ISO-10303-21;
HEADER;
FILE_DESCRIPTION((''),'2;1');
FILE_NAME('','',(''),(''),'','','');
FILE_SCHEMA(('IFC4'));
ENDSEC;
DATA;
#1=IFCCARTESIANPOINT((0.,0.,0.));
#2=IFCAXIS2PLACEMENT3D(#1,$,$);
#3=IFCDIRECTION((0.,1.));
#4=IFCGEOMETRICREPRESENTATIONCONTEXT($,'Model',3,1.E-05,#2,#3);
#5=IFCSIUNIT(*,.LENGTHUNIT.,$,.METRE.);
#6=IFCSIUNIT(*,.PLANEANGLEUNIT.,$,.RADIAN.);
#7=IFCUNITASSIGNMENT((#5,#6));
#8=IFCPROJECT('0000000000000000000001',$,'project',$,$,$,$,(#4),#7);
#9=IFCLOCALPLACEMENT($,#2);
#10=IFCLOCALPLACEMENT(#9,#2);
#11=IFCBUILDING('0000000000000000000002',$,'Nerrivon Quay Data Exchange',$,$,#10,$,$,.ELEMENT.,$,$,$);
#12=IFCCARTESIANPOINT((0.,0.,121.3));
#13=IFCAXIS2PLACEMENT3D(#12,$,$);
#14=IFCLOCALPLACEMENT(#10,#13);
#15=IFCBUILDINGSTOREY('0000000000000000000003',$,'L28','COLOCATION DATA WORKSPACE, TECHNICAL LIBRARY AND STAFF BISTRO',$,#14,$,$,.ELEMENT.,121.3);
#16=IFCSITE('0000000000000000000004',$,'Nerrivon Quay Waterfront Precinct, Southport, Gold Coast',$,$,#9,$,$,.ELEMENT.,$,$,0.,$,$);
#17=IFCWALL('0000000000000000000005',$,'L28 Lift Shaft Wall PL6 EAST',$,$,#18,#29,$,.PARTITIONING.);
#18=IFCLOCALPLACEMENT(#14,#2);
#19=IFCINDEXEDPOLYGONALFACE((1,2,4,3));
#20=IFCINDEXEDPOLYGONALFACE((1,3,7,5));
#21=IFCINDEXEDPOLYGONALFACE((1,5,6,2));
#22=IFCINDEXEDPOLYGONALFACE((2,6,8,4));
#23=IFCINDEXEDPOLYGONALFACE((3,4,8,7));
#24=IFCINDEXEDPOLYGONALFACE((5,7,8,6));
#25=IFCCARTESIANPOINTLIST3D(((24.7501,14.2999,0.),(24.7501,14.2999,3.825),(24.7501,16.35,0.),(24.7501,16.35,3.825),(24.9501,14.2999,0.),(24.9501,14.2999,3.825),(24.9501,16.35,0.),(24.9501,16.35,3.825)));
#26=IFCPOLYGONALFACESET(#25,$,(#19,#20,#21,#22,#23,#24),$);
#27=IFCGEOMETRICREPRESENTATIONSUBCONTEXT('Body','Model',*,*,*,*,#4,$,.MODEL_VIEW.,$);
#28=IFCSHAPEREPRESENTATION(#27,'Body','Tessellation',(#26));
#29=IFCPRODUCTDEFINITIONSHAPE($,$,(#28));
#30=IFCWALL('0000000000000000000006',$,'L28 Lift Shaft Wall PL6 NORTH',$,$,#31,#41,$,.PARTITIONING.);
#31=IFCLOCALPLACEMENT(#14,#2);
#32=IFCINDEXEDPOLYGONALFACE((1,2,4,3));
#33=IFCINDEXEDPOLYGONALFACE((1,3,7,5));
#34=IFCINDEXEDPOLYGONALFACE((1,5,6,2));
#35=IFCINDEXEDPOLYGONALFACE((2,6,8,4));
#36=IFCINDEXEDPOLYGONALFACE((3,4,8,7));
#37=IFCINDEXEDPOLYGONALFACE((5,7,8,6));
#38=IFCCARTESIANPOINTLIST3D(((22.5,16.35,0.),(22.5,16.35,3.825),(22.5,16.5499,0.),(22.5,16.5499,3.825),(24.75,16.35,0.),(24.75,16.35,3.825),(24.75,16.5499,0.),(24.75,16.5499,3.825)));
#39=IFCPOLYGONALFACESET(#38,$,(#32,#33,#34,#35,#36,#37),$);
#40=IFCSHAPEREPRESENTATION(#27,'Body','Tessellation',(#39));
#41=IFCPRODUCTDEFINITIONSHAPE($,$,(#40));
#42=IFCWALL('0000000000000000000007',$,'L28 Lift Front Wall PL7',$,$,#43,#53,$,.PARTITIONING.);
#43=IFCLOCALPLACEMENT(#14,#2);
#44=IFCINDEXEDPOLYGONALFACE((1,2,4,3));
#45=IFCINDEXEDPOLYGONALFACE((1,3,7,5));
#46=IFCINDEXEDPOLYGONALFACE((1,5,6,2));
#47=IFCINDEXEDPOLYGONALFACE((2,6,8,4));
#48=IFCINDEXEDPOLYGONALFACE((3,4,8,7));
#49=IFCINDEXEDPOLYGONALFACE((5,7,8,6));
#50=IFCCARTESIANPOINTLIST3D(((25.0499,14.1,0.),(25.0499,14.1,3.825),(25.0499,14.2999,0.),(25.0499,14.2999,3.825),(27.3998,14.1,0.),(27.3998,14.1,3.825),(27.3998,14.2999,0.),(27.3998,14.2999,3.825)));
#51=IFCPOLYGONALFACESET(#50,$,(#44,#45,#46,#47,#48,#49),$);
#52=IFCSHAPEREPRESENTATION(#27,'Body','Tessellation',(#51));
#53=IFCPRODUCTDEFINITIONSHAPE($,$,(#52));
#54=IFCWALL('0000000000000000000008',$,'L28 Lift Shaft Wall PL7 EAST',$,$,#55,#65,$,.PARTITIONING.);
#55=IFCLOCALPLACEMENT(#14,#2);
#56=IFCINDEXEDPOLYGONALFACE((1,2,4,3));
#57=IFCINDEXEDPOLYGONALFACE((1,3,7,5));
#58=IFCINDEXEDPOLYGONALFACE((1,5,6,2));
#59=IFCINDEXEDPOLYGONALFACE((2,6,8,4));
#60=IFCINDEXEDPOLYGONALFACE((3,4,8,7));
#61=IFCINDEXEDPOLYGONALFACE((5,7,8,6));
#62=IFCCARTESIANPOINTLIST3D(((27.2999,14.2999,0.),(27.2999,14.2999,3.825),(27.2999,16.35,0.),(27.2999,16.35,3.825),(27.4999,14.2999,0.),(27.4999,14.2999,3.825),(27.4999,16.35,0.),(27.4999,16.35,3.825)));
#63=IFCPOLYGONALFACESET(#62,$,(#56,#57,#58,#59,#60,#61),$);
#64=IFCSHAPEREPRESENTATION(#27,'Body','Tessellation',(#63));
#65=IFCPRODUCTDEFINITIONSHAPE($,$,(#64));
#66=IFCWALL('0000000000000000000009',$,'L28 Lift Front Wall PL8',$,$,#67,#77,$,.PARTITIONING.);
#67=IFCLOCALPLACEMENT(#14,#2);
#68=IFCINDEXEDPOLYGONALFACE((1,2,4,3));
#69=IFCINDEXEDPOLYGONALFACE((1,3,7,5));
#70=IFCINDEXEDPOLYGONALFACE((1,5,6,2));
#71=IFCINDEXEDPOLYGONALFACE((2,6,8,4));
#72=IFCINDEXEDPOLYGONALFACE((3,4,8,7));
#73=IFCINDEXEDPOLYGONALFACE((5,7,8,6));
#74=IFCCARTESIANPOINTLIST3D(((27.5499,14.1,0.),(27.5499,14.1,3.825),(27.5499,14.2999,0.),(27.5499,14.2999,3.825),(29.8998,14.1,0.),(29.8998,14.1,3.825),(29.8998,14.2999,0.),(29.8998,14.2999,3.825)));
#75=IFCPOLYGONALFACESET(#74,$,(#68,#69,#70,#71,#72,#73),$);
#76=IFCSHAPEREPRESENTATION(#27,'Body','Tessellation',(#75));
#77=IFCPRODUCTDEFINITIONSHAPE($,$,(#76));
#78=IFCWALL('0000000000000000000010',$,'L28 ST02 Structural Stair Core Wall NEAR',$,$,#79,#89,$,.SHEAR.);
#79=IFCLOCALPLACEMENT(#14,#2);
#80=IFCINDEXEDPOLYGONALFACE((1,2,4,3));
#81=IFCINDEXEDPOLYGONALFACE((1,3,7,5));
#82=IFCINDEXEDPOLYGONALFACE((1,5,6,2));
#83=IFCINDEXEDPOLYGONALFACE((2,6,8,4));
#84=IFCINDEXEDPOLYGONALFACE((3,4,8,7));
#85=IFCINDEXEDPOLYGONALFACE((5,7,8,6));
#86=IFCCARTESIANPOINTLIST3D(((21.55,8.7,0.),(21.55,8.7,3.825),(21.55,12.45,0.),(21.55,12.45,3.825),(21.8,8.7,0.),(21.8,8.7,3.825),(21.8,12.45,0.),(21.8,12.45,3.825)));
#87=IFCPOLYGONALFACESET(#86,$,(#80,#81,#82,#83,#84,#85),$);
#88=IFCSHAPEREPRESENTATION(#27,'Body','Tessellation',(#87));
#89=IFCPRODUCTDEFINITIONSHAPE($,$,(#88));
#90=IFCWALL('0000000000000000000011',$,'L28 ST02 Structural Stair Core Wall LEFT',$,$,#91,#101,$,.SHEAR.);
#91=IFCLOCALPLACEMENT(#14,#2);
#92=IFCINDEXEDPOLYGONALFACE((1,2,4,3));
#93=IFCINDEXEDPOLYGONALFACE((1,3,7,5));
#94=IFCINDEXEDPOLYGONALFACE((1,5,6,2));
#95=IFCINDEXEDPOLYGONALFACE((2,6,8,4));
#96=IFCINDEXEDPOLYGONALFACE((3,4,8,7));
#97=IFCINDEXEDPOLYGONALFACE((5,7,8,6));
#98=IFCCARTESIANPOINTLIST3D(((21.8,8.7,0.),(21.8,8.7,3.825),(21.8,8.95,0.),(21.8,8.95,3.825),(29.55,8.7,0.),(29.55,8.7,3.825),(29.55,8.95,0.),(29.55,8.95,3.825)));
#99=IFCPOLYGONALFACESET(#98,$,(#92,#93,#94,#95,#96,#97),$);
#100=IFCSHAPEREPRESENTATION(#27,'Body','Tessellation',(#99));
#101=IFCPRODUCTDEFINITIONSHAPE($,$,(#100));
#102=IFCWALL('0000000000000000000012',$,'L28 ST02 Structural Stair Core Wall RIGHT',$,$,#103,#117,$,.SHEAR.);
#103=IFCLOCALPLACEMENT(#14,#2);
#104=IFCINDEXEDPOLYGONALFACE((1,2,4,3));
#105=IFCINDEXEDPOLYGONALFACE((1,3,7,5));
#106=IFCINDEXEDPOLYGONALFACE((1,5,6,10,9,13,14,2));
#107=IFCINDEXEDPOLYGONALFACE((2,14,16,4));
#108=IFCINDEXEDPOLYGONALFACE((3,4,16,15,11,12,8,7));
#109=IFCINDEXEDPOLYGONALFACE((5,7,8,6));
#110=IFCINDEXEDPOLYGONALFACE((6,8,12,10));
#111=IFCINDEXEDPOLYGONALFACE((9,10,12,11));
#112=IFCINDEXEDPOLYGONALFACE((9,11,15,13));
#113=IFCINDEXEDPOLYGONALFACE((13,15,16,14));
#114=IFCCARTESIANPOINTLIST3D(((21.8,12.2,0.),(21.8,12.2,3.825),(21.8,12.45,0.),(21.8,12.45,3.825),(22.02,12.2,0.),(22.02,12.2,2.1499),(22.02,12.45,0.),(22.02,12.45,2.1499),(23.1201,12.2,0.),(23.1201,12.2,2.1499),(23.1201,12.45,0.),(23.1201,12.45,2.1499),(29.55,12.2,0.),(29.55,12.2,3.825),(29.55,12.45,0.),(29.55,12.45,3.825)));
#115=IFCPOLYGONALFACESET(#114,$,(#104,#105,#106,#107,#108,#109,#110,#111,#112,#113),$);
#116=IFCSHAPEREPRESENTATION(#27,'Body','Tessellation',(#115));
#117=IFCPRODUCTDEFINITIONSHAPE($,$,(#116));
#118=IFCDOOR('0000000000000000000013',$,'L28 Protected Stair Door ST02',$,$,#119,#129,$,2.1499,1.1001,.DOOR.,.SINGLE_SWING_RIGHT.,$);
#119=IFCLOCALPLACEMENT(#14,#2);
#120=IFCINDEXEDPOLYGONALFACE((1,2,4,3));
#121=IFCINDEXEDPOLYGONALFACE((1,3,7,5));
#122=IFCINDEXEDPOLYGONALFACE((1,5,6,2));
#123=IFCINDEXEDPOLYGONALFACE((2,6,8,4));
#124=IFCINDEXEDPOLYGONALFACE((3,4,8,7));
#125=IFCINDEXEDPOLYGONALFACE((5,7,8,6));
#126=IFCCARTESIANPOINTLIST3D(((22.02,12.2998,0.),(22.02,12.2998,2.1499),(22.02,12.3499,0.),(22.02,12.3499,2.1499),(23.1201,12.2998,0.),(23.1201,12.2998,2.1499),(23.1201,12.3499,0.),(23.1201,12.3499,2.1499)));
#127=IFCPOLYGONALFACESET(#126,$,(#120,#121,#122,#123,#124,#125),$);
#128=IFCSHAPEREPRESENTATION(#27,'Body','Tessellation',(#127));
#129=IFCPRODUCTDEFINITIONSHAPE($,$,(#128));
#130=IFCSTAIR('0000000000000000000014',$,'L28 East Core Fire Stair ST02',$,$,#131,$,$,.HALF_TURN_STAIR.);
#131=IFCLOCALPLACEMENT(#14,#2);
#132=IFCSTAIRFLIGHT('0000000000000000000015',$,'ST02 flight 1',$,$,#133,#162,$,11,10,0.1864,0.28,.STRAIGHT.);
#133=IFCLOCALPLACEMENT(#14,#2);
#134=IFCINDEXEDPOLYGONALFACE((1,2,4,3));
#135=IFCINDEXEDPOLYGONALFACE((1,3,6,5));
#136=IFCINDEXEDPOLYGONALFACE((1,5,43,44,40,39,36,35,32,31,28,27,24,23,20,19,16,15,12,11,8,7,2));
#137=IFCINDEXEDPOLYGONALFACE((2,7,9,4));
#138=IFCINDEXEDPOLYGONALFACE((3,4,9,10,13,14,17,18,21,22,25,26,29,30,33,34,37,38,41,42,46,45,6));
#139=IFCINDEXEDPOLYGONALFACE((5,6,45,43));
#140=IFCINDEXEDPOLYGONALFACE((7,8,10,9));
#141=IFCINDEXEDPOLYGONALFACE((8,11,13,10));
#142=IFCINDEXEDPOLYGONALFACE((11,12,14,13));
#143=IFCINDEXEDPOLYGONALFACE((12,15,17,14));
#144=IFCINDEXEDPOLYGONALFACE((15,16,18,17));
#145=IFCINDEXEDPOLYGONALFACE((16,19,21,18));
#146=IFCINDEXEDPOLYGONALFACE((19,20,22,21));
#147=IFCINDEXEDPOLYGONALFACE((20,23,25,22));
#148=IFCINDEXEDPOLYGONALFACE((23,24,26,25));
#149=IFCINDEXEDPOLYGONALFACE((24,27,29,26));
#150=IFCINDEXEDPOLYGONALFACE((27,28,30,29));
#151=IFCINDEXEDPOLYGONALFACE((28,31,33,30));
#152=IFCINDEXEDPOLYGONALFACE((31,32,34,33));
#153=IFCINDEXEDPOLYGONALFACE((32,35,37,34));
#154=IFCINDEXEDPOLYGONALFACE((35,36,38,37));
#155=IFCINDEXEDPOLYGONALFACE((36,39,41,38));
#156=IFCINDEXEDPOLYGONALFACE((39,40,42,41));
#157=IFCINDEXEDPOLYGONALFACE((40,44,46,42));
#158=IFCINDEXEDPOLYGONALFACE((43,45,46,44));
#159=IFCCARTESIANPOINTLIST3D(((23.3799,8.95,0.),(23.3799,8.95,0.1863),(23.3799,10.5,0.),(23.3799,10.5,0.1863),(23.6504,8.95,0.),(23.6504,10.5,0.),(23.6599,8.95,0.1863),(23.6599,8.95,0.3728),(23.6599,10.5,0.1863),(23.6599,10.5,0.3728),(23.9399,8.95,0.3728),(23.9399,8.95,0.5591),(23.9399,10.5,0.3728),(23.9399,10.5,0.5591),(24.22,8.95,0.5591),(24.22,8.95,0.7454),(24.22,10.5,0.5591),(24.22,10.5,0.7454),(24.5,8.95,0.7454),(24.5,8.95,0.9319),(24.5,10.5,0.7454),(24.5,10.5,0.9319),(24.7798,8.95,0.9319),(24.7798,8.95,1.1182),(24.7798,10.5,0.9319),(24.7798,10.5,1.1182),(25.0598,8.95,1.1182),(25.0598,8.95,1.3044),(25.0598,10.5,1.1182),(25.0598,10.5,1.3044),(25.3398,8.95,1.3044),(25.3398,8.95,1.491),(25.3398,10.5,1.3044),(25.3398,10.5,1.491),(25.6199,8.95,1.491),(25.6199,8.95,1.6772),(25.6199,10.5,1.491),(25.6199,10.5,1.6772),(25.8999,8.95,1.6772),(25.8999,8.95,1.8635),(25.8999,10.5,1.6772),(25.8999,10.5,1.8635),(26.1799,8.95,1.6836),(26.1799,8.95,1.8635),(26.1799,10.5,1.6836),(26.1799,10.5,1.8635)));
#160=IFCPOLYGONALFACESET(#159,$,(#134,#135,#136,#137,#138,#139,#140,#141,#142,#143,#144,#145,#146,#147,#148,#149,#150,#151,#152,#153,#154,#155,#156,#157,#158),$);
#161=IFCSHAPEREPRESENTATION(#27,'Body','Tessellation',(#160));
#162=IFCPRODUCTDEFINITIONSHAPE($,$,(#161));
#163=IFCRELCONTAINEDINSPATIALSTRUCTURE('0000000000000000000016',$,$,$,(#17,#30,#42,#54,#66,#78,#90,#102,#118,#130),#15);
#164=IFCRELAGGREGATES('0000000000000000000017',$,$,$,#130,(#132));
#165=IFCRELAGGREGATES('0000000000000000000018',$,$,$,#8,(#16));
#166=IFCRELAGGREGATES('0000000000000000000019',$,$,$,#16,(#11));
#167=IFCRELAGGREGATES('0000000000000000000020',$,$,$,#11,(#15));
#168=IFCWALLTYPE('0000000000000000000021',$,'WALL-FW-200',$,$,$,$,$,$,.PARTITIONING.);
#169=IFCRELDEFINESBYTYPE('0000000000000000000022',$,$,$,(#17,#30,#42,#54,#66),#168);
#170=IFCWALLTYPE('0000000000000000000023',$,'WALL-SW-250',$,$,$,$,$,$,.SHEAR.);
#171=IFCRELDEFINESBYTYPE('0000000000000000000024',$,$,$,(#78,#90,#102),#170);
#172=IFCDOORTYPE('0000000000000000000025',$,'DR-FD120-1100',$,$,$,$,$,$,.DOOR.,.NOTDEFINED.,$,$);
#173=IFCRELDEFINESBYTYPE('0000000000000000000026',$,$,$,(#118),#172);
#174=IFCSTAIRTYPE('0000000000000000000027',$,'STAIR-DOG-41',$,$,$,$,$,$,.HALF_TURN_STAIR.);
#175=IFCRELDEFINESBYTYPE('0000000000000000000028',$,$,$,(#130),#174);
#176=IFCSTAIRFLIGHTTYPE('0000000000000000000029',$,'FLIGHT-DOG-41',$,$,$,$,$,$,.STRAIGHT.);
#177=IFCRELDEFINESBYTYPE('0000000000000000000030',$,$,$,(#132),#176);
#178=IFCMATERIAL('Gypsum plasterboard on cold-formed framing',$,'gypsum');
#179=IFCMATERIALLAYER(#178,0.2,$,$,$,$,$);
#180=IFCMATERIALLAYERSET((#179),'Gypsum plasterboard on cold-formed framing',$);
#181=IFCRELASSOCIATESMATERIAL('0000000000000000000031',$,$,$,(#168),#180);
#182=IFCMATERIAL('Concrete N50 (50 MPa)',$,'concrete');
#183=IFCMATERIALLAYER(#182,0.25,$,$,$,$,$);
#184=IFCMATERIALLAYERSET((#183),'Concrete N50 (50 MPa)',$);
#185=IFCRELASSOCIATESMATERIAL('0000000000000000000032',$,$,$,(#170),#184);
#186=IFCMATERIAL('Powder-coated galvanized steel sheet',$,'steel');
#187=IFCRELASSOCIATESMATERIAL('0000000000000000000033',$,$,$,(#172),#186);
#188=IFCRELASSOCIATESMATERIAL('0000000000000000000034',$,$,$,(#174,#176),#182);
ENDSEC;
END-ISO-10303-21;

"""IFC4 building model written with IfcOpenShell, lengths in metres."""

from ifc_helpers import new_model, si_unit, direction, frame, frame_2d, origin, place, context, subcontext, project, spatial, polyline, rectangle, outline, extrude, material, layer, layer_set, type_object, element, fill, aggregate, save


model = new_model("IFC4")

# Units and contexts
model_context = context("Model", 3, precision=1e-05, world=origin(), true_north=direction((0.0, 1.0)))
body_context = subcontext(model_context, "Body", "Model", "MODEL_VIEW")
ifc_project = project(units=[si_unit("LENGTHUNIT", "METRE"), si_unit("PLANEANGLEUNIT", "RADIAN")], contexts=[model_context])

# Site, building, storey
site_placement = place(None, origin())
site = spatial("IfcSite", under=ifc_project, at=site_placement, Name="Nerrivon Quay Waterfront Precinct, Southport, Gold Coast", CompositionType="ELEMENT", RefElevation=0.0)
building_placement = place(site_placement, origin())
building = spatial("IfcBuilding", under=site, at=building_placement, Name="Nerrivon Quay Data Exchange", CompositionType="ELEMENT")
storey_placement = place(building_placement, frame((0.0, 0.0, 121.3)))
storey = spatial("IfcBuildingStorey", under=building, at=storey_placement, Name="L28", Description="COLOCATION DATA WORKSPACE, TECHNICAL LIBRARY AND STAFF BISTRO", CompositionType="ELEMENT", Elevation=121.3)

# Shared definitions
ifc_material_1 = material(Name="Gypsum plasterboard on cold-formed framing", Category="gypsum")
ifc_layer_1 = layer(ifc_material_1, 0.2)
ifc_layer_set_1 = layer_set([ifc_layer_1], Name="Gypsum plasterboard on cold-formed framing")
wall_type_1 = type_object("IfcWallType", Name="WALL-FW-200", PredefinedType="PARTITIONING", material=ifc_layer_set_1)

# Shared definitions
ifc_material_2 = material(Name="Powder-coated galvanized steel sheet", Category="steel")

# Walls
wall_1_placement = place(storey_placement, frame((24.8501, 14.3, 0.0), z_axis=(0.0, 0.0, 1.0), x_axis=(0.0, 1.0, 0.0)))
element("IfcWall", 1, at=wall_1_placement, inside=storey, type_object=wall_type_1, Name="L28 Lift Shaft Wall PL6 EAST", PredefinedType="PARTITIONING", context=body_context, shape_type="SweptSolid", body=[
    extrude(rectangle(XDim=2.05, YDim=0.2, at=frame_2d((1.0249, 0.0))), origin(), (0.0, 0.0, 1.0), 3.825),
])
wall_2_placement = place(storey_placement, frame((22.5, 16.45, 0.0), z_axis=(0.0, 0.0, 1.0), x_axis=(1.0, 0.0, 0.0)))
element("IfcWall", 2, at=wall_2_placement, inside=storey, type_object=wall_type_1, Name="L28 Lift Shaft Wall PL6 NORTH", PredefinedType="PARTITIONING", context=body_context, shape_type="SweptSolid", body=[
    extrude(rectangle(XDim=2.25, YDim=0.2, at=frame_2d((1.125, 0.0))), origin(), (0.0, 0.0, 1.0), 3.825),
])
wall_3_placement = place(storey_placement, frame((25.05, 14.2, 0.0), z_axis=(0.0, 0.0, 1.0), x_axis=(1.0, 0.0, 0.0)))
element("IfcWall", 3, at=wall_3_placement, inside=storey, type_object=wall_type_1, Name="L28 Lift Front Wall PL7", PredefinedType="PARTITIONING", context=body_context, shape_type="SweptSolid", body=[
    extrude(rectangle(XDim=2.3499, YDim=0.2, at=frame_2d((1.1748, 0.0))), origin(), (0.0, 0.0, 1.0), 3.825),
])
wall_4_placement = place(storey_placement, frame((27.3999, 14.3, 0.0), z_axis=(0.0, 0.0, 1.0), x_axis=(0.0, 1.0, 0.0)))
element("IfcWall", 4, at=wall_4_placement, inside=storey, type_object=wall_type_1, Name="L28 Lift Shaft Wall PL7 EAST", PredefinedType="PARTITIONING", context=body_context, shape_type="SweptSolid", body=[
    extrude(rectangle(XDim=2.05, YDim=0.2, at=frame_2d((1.0249, 0.0))), origin(), (0.0, 0.0, 1.0), 3.825),
])
wall_5_placement = place(storey_placement, frame((27.55, 14.2, 0.0), z_axis=(0.0, 0.0, 1.0), x_axis=(1.0, 0.0, 0.0)))
element("IfcWall", 5, at=wall_5_placement, inside=storey, type_object=wall_type_1, Name="L28 Lift Front Wall PL8", PredefinedType="PARTITIONING", context=body_context, shape_type="SweptSolid", body=[
    extrude(rectangle(XDim=2.3499, YDim=0.2, at=frame_2d((1.1748, 0.0))), origin(), (0.0, 0.0, 1.0), 3.825),
])
ifc_material_3 = material(Name="Concrete N50 (50 MPa)", Category="concrete")
ifc_layer_2 = layer(ifc_material_3, 0.25)
ifc_layer_set_2 = layer_set([ifc_layer_2], Name="Concrete N50 (50 MPa)")
wall_type_2 = type_object("IfcWallType", Name="WALL-SW-250", PredefinedType="SHEAR", material=ifc_layer_set_2)
wall_6_placement = place(storey_placement, frame((21.675, 8.7, 0.0), z_axis=(0.0, 0.0, 1.0), x_axis=(0.0, 1.0, 0.0)))
element("IfcWall", 6, at=wall_6_placement, inside=storey, type_object=wall_type_2, Name="L28 ST02 Structural Stair Core Wall NEAR", PredefinedType="SHEAR", context=body_context, shape_type="SweptSolid", body=[
    extrude(rectangle(XDim=3.75, YDim=0.25, at=frame_2d((1.875, 0.0))), origin(), (0.0, 0.0, 1.0), 3.825),
])
wall_7_placement = place(storey_placement, frame((21.8, 8.825, 0.0), z_axis=(0.0, 0.0, 1.0), x_axis=(1.0, 0.0, 0.0)))
element("IfcWall", 7, at=wall_7_placement, inside=storey, type_object=wall_type_2, Name="L28 ST02 Structural Stair Core Wall LEFT", PredefinedType="SHEAR", context=body_context, shape_type="SweptSolid", body=[
    extrude(rectangle(XDim=7.75, YDim=0.25, at=frame_2d((3.875, 0.0))), origin(), (0.0, 0.0, 1.0), 3.825),
])

# Wall, opening, door
wall_8_placement = place(storey_placement, frame((21.8, 12.325, 0.0), z_axis=(0.0, 0.0, 1.0), x_axis=(1.0, 0.0, 0.0)))
wall_8 = element("IfcWall", 8, at=wall_8_placement, inside=storey, type_object=wall_type_2, Name="L28 ST02 Structural Stair Core Wall RIGHT", PredefinedType="SHEAR", context=body_context, shape_type="SweptSolid", body=[
    extrude(rectangle(XDim=7.75, YDim=0.25, at=frame_2d((3.875, 0.0))), origin(), (0.0, 0.0, 1.0), 3.825),
])
opening_1_placement = place(wall_8_placement, frame((0.22, 0.0, 0.0)))
opening_1 = element("IfcOpeningElement", 9, at=opening_1_placement, cuts=wall_8, PredefinedType="OPENING", context=body_context, shape_type="SweptSolid", body=[
    extrude(rectangle(XDim=1.1001, YDim=2.1499, at=frame_2d((0.55, 1.075))), frame((0.0, 0.135, 0.0), z_axis=(0.0, -1.0, 0.0), x_axis=(1.0, 0.0, 0.0)), (0.0, 0.0, 1.0), 0.27),
])
door_type_1 = type_object("IfcDoorType", Name="DR-FD120-1100", OperationType="NOTDEFINED", PredefinedType="DOOR", material=ifc_material_2)
door_1_placement = place(opening_1_placement, origin())
door_1 = element("IfcDoor", 10, at=door_1_placement, inside=storey, type_object=door_type_1, Name="L28 Protected Stair Door ST02", OperationType="SINGLE_SWING_RIGHT", OverallHeight=2.1499, OverallWidth=1.1001, PredefinedType="DOOR", context=body_context, shape_type="SweptSolid", body=[
    extrude(rectangle(XDim=1.1001, YDim=2.1499, at=frame_2d((0.55, 1.075))), frame((0.0, 0.0249, 0.0), z_axis=(0.0, -1.0, 0.0), x_axis=(1.0, 0.0, 0.0)), (0.0, 0.0, 1.0), 0.05),
])
fill(opening_1, door_1)

# Stair, stair flight
stair_type = type_object("IfcStairType", Name="STAIR-DOG-41", PredefinedType="HALF_TURN_STAIR", material=ifc_material_3)
stair_placement = place(storey_placement, origin())
stair = element("IfcStair", 11, at=stair_placement, inside=storey, type_object=stair_type, Name="L28 East Core Fire Stair ST02", PredefinedType="HALF_TURN_STAIR")
stair_flight_type = type_object("IfcStairFlightType", Name="FLIGHT-DOG-41", PredefinedType="STRAIGHT", material=ifc_material_3)
stair_flight_1_placement = place(storey_placement, frame((23.3799, 9.7251, 0.0), z_axis=(0.0, 0.0, 1.0), x_axis=(1.0, 0.0, 0.0)))
stair_flight_1 = element("IfcStairFlight", 12, at=stair_flight_1_placement, type_object=stair_flight_type, Name="ST02 flight 1", NumberOfRisers=11, NumberOfTreads=10, PredefinedType="STRAIGHT", RiserHeight=0.1864, TreadLength=0.28, context=body_context, shape_type="SweptSolid", body=[
    extrude(outline(polyline([(0.0, 0.0), (0.0, 0.1863), (0.28, 0.1863), (0.28, 0.3728), (0.5601, 0.3728), (0.5601, 0.5591), (0.8401, 0.5591), (0.8401, 0.7454), (1.1201, 0.7454), (1.1201, 0.9319), (1.3999, 0.9319), (1.3999, 1.1182), (1.6799, 1.1182), (1.6799, 1.3044), (1.96, 1.3044), (1.96, 1.491), (2.24, 1.491), (2.24, 1.6772), (2.52, 1.6772), (2.52, 1.8635), (2.8, 1.8635), (2.8, 2.05), (2.8, 1.6836), (0.2705, 0.0), (0.0, 0.0)])), frame((0.0, 0.7749, 0.0), z_axis=(0.0, -1.0, 0.0), x_axis=(1.0, 0.0, 0.0)), (0.0, 0.0, 1.0), 1.55),
])
aggregate(stair, [stair_flight_1])

save(model, "model.ifc")
